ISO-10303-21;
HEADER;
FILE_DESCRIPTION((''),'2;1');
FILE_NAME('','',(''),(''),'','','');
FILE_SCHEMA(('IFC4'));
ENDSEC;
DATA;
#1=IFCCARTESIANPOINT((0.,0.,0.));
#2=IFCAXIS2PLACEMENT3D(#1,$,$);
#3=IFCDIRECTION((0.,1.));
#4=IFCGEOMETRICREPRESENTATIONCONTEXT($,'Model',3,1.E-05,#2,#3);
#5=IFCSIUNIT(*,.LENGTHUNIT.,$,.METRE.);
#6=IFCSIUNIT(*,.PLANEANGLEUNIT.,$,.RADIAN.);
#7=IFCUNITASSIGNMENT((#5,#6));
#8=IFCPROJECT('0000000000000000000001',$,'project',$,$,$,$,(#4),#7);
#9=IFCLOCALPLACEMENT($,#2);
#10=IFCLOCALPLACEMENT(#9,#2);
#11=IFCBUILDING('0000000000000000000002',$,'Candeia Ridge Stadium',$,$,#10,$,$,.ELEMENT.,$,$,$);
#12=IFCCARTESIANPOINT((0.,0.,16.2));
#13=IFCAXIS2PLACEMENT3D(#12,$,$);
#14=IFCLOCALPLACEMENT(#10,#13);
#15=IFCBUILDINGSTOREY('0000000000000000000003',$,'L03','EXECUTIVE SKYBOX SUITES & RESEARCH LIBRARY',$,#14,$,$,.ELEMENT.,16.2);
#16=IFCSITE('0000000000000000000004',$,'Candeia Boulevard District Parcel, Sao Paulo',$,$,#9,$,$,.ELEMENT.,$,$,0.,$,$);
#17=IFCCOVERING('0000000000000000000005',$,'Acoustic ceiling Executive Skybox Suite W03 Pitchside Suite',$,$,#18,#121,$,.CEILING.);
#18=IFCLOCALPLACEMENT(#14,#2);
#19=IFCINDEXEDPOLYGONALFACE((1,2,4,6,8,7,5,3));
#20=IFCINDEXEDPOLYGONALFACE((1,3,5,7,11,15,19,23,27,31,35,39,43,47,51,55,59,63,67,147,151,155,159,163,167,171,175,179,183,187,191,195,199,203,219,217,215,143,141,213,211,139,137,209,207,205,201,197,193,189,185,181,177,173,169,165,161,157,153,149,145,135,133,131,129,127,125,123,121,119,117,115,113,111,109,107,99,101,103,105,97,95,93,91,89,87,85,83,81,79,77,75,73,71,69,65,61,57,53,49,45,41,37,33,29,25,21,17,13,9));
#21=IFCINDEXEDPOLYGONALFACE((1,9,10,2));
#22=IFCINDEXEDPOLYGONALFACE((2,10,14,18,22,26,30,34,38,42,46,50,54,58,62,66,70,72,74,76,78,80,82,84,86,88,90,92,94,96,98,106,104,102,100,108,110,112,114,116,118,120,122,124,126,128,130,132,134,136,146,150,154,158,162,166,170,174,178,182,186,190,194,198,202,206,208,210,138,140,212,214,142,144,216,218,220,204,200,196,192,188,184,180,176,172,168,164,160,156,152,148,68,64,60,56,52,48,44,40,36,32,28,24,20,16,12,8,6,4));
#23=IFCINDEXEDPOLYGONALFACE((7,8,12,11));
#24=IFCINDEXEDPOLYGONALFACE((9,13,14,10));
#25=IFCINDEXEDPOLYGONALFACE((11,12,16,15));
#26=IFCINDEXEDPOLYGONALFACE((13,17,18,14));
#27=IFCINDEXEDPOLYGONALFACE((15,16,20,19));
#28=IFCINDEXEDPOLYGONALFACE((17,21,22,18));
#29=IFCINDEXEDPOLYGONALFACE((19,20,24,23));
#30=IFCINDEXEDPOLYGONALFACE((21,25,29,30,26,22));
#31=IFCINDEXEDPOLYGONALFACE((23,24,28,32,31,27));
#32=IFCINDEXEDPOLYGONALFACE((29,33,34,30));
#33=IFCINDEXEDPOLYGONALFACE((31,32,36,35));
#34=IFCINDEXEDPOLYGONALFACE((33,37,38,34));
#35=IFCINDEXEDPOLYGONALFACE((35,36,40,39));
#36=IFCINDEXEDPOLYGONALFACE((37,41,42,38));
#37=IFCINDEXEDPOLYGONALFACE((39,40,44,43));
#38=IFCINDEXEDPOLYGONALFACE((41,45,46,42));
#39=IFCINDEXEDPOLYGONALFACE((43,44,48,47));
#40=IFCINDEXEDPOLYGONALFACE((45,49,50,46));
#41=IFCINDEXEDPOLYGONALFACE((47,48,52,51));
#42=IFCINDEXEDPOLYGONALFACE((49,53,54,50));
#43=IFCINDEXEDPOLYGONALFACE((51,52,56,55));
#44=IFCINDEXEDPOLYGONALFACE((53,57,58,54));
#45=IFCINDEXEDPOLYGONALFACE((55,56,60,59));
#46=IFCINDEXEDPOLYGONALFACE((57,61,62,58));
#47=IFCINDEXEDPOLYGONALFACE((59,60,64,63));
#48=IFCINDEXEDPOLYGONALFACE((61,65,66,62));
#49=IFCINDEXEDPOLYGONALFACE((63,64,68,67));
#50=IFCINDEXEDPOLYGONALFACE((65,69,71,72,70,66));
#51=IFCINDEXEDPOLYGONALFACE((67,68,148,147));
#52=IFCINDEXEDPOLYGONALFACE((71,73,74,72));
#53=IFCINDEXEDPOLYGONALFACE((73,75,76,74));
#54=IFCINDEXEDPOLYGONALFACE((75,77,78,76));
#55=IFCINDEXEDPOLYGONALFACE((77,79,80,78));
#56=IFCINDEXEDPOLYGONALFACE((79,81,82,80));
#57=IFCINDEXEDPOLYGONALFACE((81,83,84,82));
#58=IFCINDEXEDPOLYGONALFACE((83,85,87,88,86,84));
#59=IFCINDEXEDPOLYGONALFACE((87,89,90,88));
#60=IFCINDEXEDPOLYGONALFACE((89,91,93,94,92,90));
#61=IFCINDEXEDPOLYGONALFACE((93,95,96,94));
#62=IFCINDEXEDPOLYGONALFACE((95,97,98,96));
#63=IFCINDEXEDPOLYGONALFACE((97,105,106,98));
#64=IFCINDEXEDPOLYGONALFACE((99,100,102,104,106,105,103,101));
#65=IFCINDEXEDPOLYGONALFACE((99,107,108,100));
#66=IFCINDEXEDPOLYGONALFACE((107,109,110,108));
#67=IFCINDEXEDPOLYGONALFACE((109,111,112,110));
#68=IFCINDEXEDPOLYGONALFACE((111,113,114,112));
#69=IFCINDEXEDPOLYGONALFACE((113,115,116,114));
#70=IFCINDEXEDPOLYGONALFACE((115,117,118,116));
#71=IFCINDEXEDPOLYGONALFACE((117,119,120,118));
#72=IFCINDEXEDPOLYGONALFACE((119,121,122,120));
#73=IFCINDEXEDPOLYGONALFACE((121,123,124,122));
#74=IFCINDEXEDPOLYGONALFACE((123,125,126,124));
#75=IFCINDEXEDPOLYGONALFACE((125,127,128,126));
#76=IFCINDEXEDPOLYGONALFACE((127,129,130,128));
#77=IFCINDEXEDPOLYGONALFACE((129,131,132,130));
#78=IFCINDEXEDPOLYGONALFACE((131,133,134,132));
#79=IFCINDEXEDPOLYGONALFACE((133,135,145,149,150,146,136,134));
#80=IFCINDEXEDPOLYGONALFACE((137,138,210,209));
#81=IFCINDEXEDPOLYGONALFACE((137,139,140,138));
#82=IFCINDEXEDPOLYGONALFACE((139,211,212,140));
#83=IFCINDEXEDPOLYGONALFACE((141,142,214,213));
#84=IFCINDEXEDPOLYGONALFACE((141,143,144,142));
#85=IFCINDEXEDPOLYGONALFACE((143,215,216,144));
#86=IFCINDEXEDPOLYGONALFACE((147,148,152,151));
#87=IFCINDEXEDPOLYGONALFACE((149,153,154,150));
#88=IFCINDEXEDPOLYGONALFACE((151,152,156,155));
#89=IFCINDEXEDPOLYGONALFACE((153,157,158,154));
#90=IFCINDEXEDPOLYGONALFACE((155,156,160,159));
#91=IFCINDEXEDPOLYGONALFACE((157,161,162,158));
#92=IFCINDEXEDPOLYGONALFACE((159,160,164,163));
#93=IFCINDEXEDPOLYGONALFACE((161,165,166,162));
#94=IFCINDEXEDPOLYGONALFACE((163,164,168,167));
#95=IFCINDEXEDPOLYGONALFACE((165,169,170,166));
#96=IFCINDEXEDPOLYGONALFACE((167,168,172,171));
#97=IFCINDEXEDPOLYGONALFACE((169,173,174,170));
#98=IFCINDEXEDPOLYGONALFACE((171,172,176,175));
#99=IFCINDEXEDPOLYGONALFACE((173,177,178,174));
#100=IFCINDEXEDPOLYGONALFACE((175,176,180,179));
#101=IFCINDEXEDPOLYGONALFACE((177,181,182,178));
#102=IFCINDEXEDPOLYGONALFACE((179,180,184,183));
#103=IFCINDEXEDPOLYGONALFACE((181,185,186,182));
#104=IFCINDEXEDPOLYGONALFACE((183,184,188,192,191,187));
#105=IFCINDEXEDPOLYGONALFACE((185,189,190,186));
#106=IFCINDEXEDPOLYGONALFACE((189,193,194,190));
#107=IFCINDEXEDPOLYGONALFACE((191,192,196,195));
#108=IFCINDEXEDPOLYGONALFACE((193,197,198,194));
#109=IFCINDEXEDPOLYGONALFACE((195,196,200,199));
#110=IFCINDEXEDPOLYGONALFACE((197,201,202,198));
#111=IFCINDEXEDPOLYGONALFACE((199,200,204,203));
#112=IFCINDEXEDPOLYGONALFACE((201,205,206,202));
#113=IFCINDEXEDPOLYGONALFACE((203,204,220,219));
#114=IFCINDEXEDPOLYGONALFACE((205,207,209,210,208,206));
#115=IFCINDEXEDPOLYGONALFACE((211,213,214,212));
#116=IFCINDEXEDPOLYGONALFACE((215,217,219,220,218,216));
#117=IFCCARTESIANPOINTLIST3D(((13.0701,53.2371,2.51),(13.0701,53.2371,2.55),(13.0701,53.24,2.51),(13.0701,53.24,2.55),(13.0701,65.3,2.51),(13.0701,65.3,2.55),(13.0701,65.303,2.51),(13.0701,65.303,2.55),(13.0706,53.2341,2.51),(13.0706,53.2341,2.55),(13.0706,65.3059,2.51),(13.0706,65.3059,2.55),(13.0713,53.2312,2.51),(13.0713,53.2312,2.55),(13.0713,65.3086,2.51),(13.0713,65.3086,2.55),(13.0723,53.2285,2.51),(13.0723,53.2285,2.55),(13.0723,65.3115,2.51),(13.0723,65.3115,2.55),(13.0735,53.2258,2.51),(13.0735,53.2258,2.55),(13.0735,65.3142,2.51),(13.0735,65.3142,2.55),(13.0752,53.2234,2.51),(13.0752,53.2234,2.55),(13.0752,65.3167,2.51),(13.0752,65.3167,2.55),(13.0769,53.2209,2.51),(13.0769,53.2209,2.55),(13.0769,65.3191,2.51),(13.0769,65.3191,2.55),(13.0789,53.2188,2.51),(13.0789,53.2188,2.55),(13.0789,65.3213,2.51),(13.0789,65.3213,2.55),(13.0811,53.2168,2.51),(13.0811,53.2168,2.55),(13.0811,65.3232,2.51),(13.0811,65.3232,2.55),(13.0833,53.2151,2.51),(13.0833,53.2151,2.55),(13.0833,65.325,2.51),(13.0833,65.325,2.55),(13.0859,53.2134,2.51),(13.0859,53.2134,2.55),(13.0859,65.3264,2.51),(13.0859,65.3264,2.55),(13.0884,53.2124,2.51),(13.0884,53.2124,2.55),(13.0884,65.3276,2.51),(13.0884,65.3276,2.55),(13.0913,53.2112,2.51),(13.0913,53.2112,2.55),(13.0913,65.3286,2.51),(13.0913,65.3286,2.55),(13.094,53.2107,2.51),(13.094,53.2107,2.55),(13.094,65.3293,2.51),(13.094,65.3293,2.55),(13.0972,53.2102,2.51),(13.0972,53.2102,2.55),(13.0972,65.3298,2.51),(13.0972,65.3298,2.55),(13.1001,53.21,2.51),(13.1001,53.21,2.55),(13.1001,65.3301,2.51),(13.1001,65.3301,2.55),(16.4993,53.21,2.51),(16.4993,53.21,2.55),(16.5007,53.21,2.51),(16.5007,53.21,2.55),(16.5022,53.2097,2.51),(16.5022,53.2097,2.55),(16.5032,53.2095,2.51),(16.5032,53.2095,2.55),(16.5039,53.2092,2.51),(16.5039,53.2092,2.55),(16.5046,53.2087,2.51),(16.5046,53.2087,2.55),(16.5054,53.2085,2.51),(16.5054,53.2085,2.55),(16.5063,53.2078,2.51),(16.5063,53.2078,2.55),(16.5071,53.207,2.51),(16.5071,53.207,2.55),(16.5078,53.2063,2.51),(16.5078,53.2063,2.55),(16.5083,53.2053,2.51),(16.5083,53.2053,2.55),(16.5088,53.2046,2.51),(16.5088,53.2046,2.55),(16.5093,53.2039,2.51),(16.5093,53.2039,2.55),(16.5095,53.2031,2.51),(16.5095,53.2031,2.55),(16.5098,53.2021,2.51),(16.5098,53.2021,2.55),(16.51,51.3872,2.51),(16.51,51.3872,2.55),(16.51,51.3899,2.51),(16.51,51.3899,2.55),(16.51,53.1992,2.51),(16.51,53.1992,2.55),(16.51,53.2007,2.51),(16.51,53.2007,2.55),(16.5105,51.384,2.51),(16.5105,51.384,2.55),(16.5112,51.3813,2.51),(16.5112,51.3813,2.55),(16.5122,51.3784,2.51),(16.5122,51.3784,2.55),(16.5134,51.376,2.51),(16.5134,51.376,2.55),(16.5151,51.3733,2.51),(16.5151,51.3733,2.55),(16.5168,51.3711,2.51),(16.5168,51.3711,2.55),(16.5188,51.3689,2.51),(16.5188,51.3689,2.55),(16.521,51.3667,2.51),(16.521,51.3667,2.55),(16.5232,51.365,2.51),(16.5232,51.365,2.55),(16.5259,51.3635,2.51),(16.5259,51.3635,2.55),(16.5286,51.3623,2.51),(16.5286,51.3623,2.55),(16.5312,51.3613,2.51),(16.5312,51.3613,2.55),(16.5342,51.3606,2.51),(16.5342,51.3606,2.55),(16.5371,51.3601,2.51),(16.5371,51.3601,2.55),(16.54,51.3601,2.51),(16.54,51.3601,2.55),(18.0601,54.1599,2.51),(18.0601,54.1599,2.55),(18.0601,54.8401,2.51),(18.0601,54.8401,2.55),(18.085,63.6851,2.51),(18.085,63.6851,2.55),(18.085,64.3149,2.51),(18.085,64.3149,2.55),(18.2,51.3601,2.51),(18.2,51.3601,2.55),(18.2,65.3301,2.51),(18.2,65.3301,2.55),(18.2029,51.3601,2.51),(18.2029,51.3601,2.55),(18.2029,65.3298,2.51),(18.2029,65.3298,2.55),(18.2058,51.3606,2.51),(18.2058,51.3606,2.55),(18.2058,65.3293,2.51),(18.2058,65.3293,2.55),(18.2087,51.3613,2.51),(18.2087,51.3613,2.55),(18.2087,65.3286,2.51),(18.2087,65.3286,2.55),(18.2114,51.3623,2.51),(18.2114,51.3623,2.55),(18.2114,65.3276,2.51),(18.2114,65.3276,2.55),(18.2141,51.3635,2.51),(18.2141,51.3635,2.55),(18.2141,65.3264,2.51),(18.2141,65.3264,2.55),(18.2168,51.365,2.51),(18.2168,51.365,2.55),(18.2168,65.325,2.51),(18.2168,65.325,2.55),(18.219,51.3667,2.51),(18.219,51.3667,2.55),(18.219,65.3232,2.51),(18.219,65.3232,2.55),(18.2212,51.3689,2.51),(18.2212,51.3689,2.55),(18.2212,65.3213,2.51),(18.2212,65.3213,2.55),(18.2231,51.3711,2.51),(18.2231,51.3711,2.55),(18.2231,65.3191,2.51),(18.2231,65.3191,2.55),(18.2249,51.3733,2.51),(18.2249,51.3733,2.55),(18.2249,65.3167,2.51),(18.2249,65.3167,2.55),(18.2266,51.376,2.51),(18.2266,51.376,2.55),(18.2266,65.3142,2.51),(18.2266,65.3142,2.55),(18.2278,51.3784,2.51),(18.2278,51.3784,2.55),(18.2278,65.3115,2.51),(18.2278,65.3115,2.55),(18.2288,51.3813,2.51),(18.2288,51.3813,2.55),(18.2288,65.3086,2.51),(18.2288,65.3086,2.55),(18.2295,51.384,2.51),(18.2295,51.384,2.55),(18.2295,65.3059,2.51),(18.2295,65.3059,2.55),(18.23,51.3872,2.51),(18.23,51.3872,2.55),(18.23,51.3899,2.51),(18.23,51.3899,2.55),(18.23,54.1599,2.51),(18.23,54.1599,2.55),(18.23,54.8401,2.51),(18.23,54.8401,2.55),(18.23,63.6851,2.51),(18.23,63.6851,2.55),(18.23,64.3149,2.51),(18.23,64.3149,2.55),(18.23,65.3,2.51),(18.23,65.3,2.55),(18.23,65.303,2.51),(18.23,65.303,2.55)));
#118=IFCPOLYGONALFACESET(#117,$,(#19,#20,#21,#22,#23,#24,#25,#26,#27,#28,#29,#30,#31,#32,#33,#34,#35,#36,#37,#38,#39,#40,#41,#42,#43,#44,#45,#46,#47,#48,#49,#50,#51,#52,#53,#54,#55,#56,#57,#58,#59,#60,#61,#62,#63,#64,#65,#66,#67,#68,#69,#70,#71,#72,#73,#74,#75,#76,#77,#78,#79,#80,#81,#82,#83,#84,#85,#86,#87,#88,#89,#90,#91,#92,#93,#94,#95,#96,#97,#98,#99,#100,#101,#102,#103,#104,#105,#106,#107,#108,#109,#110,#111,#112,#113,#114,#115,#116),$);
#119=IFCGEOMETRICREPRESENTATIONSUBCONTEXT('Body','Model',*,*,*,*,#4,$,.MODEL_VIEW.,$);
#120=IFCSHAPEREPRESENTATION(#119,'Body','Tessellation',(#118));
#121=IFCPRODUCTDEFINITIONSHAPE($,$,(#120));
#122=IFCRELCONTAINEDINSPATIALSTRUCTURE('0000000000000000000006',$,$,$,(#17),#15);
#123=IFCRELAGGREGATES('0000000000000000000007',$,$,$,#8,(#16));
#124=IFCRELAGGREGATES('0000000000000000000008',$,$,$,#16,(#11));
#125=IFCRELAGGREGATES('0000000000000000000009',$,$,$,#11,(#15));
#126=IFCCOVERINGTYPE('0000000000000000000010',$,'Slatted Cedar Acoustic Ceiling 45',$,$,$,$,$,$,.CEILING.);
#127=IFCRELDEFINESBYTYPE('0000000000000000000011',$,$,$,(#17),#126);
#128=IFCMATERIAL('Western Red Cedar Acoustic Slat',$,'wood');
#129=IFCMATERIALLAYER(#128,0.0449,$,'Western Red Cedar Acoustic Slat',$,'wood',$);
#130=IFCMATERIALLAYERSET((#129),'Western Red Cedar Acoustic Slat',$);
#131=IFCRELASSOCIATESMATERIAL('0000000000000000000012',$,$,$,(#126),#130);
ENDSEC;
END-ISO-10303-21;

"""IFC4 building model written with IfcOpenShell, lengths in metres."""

from ifc_helpers import new_model, si_unit, direction, frame, origin, place, context, subcontext, project, spatial, polyline, outline, extrude, material, layer, layer_set, type_object, element, save


model = new_model("IFC4")

# Units and contexts
model_context = context("Model", 3, precision=1e-05, world=origin(), true_north=direction((0.0, 1.0)))
body_context = subcontext(model_context, "Body", "Model", "MODEL_VIEW")
ifc_project = project(units=[si_unit("LENGTHUNIT", "METRE"), si_unit("PLANEANGLEUNIT", "RADIAN")], contexts=[model_context])

# Site, building, storey
site_placement = place(None, origin())
site = spatial("IfcSite", under=ifc_project, at=site_placement, Name="Candeia Boulevard District Parcel, Sao Paulo", CompositionType="ELEMENT", RefElevation=0.0)
building_placement = place(site_placement, origin())
building = spatial("IfcBuilding", under=site, at=building_placement, Name="Candeia Ridge Stadium", CompositionType="ELEMENT")
storey_placement = place(building_placement, frame((0.0, 0.0, 16.2)))
storey = spatial("IfcBuildingStorey", under=building, at=storey_placement, Name="L03", Description="EXECUTIVE SKYBOX SUITES & RESEARCH LIBRARY", CompositionType="ELEMENT", Elevation=16.2)

# Covering
ifc_material_1 = material(Name="Western Red Cedar Acoustic Slat", Category="wood")
ifc_layer_1 = layer(ifc_material_1, 0.0449, Name="Western Red Cedar Acoustic Slat", Category="wood")
ifc_layer_set_1 = layer_set([ifc_layer_1], Name="Western Red Cedar Acoustic Slat")
covering_type = type_object("IfcCoveringType", Name="Slatted Cedar Acoustic Ceiling 45", PredefinedType="CEILING", material=ifc_layer_set_1)
covering_1_placement = place(storey_placement, frame((0.0, 0.0, 2.51)))
element("IfcCovering", 1, at=covering_1_placement, inside=storey, type_object=covering_type, Name="Acoustic ceiling Executive Skybox Suite W03 Pitchside Suite", PredefinedType="CEILING", context=body_context, shape_type="SweptSolid", body=[
    extrude(outline(polyline([(13.0706, 65.3059), (13.0713, 65.3086), (13.0723, 65.3115), (13.0735, 65.3142), (13.0752, 65.3167), (13.0769, 65.3191), (13.0789, 65.3213), (13.0811, 65.3232), (13.0833, 65.325), (13.0859, 65.3264), (13.0884, 65.3276), (13.0913, 65.3286), (13.094, 65.3293), (13.0972, 65.3298), (13.1001, 65.3301), (18.2, 65.3301), (18.2029, 65.3298), (18.2058, 65.3293), (18.2087, 65.3286), (18.2114, 65.3276), (18.2141, 65.3264), (18.2168, 65.325), (18.219, 65.3232), (18.2212, 65.3213), (18.2231, 65.3191), (18.2249, 65.3167), (18.2266, 65.3142), (18.2278, 65.3115), (18.2288, 65.3086), (18.2295, 65.3059), (18.23, 65.303), (18.23, 65.3), (18.23, 64.3149), (18.085, 64.3149), (18.085, 63.6851), (18.23, 63.6851), (18.23, 54.8401), (18.0601, 54.8401), (18.0601, 54.1599), (18.23, 54.1599), (18.23, 51.3899), (18.23, 51.3872), (18.2295, 51.384), (18.2288, 51.3813), (18.2278, 51.3784), (18.2266, 51.376), (18.2249, 51.3733), (18.2231, 51.3711), (18.2212, 51.3689), (18.219, 51.3667), (18.2168, 51.365), (18.2141, 51.3635), (18.2114, 51.3623), (18.2087, 51.3613), (18.2058, 51.3606), (18.2029, 51.3601), (18.2, 51.3601), (16.54, 51.3601), (16.5371, 51.3601), (16.5342, 51.3606), (16.5312, 51.3613), (16.5286, 51.3623), (16.5259, 51.3635), (16.5232, 51.365), (16.521, 51.3667), (16.5188, 51.3689), (16.5168, 51.3711), (16.5151, 51.3733), (16.5134, 51.376), (16.5122, 51.3784), (16.5112, 51.3813), (16.5105, 51.384), (16.51, 51.3872), (16.51, 51.3899), (16.51, 53.1992), (16.51, 53.2007), (16.5098, 53.2021), (16.5095, 53.2031), (16.5093, 53.2039), (16.5088, 53.2046), (16.5083, 53.2053), (16.5078, 53.2063), (16.5071, 53.207), (16.5063, 53.2078), (16.5054, 53.2085), (16.5046, 53.2087), (16.5039, 53.2092), (16.5032, 53.2095), (16.5022, 53.2097), (16.5007, 53.21), (16.4993, 53.21), (13.1001, 53.21), (13.0972, 53.2102), (13.094, 53.2107), (13.0913, 53.2112), (13.0884, 53.2124), (13.0859, 53.2134), (13.0833, 53.2151), (13.0811, 53.2168), (13.0789, 53.2188), (13.0769, 53.2209), (13.0752, 53.2234), (13.0735, 53.2258), (13.0723, 53.2285), (13.0713, 53.2312), (13.0706, 53.2341), (13.0701, 53.2371), (13.0701, 53.24), (13.0701, 65.3), (13.0701, 65.303), (13.0706, 65.3059)])), origin(), (0.0, 0.0, 1.0), 0.04),
])

save(model, "model.ifc")
